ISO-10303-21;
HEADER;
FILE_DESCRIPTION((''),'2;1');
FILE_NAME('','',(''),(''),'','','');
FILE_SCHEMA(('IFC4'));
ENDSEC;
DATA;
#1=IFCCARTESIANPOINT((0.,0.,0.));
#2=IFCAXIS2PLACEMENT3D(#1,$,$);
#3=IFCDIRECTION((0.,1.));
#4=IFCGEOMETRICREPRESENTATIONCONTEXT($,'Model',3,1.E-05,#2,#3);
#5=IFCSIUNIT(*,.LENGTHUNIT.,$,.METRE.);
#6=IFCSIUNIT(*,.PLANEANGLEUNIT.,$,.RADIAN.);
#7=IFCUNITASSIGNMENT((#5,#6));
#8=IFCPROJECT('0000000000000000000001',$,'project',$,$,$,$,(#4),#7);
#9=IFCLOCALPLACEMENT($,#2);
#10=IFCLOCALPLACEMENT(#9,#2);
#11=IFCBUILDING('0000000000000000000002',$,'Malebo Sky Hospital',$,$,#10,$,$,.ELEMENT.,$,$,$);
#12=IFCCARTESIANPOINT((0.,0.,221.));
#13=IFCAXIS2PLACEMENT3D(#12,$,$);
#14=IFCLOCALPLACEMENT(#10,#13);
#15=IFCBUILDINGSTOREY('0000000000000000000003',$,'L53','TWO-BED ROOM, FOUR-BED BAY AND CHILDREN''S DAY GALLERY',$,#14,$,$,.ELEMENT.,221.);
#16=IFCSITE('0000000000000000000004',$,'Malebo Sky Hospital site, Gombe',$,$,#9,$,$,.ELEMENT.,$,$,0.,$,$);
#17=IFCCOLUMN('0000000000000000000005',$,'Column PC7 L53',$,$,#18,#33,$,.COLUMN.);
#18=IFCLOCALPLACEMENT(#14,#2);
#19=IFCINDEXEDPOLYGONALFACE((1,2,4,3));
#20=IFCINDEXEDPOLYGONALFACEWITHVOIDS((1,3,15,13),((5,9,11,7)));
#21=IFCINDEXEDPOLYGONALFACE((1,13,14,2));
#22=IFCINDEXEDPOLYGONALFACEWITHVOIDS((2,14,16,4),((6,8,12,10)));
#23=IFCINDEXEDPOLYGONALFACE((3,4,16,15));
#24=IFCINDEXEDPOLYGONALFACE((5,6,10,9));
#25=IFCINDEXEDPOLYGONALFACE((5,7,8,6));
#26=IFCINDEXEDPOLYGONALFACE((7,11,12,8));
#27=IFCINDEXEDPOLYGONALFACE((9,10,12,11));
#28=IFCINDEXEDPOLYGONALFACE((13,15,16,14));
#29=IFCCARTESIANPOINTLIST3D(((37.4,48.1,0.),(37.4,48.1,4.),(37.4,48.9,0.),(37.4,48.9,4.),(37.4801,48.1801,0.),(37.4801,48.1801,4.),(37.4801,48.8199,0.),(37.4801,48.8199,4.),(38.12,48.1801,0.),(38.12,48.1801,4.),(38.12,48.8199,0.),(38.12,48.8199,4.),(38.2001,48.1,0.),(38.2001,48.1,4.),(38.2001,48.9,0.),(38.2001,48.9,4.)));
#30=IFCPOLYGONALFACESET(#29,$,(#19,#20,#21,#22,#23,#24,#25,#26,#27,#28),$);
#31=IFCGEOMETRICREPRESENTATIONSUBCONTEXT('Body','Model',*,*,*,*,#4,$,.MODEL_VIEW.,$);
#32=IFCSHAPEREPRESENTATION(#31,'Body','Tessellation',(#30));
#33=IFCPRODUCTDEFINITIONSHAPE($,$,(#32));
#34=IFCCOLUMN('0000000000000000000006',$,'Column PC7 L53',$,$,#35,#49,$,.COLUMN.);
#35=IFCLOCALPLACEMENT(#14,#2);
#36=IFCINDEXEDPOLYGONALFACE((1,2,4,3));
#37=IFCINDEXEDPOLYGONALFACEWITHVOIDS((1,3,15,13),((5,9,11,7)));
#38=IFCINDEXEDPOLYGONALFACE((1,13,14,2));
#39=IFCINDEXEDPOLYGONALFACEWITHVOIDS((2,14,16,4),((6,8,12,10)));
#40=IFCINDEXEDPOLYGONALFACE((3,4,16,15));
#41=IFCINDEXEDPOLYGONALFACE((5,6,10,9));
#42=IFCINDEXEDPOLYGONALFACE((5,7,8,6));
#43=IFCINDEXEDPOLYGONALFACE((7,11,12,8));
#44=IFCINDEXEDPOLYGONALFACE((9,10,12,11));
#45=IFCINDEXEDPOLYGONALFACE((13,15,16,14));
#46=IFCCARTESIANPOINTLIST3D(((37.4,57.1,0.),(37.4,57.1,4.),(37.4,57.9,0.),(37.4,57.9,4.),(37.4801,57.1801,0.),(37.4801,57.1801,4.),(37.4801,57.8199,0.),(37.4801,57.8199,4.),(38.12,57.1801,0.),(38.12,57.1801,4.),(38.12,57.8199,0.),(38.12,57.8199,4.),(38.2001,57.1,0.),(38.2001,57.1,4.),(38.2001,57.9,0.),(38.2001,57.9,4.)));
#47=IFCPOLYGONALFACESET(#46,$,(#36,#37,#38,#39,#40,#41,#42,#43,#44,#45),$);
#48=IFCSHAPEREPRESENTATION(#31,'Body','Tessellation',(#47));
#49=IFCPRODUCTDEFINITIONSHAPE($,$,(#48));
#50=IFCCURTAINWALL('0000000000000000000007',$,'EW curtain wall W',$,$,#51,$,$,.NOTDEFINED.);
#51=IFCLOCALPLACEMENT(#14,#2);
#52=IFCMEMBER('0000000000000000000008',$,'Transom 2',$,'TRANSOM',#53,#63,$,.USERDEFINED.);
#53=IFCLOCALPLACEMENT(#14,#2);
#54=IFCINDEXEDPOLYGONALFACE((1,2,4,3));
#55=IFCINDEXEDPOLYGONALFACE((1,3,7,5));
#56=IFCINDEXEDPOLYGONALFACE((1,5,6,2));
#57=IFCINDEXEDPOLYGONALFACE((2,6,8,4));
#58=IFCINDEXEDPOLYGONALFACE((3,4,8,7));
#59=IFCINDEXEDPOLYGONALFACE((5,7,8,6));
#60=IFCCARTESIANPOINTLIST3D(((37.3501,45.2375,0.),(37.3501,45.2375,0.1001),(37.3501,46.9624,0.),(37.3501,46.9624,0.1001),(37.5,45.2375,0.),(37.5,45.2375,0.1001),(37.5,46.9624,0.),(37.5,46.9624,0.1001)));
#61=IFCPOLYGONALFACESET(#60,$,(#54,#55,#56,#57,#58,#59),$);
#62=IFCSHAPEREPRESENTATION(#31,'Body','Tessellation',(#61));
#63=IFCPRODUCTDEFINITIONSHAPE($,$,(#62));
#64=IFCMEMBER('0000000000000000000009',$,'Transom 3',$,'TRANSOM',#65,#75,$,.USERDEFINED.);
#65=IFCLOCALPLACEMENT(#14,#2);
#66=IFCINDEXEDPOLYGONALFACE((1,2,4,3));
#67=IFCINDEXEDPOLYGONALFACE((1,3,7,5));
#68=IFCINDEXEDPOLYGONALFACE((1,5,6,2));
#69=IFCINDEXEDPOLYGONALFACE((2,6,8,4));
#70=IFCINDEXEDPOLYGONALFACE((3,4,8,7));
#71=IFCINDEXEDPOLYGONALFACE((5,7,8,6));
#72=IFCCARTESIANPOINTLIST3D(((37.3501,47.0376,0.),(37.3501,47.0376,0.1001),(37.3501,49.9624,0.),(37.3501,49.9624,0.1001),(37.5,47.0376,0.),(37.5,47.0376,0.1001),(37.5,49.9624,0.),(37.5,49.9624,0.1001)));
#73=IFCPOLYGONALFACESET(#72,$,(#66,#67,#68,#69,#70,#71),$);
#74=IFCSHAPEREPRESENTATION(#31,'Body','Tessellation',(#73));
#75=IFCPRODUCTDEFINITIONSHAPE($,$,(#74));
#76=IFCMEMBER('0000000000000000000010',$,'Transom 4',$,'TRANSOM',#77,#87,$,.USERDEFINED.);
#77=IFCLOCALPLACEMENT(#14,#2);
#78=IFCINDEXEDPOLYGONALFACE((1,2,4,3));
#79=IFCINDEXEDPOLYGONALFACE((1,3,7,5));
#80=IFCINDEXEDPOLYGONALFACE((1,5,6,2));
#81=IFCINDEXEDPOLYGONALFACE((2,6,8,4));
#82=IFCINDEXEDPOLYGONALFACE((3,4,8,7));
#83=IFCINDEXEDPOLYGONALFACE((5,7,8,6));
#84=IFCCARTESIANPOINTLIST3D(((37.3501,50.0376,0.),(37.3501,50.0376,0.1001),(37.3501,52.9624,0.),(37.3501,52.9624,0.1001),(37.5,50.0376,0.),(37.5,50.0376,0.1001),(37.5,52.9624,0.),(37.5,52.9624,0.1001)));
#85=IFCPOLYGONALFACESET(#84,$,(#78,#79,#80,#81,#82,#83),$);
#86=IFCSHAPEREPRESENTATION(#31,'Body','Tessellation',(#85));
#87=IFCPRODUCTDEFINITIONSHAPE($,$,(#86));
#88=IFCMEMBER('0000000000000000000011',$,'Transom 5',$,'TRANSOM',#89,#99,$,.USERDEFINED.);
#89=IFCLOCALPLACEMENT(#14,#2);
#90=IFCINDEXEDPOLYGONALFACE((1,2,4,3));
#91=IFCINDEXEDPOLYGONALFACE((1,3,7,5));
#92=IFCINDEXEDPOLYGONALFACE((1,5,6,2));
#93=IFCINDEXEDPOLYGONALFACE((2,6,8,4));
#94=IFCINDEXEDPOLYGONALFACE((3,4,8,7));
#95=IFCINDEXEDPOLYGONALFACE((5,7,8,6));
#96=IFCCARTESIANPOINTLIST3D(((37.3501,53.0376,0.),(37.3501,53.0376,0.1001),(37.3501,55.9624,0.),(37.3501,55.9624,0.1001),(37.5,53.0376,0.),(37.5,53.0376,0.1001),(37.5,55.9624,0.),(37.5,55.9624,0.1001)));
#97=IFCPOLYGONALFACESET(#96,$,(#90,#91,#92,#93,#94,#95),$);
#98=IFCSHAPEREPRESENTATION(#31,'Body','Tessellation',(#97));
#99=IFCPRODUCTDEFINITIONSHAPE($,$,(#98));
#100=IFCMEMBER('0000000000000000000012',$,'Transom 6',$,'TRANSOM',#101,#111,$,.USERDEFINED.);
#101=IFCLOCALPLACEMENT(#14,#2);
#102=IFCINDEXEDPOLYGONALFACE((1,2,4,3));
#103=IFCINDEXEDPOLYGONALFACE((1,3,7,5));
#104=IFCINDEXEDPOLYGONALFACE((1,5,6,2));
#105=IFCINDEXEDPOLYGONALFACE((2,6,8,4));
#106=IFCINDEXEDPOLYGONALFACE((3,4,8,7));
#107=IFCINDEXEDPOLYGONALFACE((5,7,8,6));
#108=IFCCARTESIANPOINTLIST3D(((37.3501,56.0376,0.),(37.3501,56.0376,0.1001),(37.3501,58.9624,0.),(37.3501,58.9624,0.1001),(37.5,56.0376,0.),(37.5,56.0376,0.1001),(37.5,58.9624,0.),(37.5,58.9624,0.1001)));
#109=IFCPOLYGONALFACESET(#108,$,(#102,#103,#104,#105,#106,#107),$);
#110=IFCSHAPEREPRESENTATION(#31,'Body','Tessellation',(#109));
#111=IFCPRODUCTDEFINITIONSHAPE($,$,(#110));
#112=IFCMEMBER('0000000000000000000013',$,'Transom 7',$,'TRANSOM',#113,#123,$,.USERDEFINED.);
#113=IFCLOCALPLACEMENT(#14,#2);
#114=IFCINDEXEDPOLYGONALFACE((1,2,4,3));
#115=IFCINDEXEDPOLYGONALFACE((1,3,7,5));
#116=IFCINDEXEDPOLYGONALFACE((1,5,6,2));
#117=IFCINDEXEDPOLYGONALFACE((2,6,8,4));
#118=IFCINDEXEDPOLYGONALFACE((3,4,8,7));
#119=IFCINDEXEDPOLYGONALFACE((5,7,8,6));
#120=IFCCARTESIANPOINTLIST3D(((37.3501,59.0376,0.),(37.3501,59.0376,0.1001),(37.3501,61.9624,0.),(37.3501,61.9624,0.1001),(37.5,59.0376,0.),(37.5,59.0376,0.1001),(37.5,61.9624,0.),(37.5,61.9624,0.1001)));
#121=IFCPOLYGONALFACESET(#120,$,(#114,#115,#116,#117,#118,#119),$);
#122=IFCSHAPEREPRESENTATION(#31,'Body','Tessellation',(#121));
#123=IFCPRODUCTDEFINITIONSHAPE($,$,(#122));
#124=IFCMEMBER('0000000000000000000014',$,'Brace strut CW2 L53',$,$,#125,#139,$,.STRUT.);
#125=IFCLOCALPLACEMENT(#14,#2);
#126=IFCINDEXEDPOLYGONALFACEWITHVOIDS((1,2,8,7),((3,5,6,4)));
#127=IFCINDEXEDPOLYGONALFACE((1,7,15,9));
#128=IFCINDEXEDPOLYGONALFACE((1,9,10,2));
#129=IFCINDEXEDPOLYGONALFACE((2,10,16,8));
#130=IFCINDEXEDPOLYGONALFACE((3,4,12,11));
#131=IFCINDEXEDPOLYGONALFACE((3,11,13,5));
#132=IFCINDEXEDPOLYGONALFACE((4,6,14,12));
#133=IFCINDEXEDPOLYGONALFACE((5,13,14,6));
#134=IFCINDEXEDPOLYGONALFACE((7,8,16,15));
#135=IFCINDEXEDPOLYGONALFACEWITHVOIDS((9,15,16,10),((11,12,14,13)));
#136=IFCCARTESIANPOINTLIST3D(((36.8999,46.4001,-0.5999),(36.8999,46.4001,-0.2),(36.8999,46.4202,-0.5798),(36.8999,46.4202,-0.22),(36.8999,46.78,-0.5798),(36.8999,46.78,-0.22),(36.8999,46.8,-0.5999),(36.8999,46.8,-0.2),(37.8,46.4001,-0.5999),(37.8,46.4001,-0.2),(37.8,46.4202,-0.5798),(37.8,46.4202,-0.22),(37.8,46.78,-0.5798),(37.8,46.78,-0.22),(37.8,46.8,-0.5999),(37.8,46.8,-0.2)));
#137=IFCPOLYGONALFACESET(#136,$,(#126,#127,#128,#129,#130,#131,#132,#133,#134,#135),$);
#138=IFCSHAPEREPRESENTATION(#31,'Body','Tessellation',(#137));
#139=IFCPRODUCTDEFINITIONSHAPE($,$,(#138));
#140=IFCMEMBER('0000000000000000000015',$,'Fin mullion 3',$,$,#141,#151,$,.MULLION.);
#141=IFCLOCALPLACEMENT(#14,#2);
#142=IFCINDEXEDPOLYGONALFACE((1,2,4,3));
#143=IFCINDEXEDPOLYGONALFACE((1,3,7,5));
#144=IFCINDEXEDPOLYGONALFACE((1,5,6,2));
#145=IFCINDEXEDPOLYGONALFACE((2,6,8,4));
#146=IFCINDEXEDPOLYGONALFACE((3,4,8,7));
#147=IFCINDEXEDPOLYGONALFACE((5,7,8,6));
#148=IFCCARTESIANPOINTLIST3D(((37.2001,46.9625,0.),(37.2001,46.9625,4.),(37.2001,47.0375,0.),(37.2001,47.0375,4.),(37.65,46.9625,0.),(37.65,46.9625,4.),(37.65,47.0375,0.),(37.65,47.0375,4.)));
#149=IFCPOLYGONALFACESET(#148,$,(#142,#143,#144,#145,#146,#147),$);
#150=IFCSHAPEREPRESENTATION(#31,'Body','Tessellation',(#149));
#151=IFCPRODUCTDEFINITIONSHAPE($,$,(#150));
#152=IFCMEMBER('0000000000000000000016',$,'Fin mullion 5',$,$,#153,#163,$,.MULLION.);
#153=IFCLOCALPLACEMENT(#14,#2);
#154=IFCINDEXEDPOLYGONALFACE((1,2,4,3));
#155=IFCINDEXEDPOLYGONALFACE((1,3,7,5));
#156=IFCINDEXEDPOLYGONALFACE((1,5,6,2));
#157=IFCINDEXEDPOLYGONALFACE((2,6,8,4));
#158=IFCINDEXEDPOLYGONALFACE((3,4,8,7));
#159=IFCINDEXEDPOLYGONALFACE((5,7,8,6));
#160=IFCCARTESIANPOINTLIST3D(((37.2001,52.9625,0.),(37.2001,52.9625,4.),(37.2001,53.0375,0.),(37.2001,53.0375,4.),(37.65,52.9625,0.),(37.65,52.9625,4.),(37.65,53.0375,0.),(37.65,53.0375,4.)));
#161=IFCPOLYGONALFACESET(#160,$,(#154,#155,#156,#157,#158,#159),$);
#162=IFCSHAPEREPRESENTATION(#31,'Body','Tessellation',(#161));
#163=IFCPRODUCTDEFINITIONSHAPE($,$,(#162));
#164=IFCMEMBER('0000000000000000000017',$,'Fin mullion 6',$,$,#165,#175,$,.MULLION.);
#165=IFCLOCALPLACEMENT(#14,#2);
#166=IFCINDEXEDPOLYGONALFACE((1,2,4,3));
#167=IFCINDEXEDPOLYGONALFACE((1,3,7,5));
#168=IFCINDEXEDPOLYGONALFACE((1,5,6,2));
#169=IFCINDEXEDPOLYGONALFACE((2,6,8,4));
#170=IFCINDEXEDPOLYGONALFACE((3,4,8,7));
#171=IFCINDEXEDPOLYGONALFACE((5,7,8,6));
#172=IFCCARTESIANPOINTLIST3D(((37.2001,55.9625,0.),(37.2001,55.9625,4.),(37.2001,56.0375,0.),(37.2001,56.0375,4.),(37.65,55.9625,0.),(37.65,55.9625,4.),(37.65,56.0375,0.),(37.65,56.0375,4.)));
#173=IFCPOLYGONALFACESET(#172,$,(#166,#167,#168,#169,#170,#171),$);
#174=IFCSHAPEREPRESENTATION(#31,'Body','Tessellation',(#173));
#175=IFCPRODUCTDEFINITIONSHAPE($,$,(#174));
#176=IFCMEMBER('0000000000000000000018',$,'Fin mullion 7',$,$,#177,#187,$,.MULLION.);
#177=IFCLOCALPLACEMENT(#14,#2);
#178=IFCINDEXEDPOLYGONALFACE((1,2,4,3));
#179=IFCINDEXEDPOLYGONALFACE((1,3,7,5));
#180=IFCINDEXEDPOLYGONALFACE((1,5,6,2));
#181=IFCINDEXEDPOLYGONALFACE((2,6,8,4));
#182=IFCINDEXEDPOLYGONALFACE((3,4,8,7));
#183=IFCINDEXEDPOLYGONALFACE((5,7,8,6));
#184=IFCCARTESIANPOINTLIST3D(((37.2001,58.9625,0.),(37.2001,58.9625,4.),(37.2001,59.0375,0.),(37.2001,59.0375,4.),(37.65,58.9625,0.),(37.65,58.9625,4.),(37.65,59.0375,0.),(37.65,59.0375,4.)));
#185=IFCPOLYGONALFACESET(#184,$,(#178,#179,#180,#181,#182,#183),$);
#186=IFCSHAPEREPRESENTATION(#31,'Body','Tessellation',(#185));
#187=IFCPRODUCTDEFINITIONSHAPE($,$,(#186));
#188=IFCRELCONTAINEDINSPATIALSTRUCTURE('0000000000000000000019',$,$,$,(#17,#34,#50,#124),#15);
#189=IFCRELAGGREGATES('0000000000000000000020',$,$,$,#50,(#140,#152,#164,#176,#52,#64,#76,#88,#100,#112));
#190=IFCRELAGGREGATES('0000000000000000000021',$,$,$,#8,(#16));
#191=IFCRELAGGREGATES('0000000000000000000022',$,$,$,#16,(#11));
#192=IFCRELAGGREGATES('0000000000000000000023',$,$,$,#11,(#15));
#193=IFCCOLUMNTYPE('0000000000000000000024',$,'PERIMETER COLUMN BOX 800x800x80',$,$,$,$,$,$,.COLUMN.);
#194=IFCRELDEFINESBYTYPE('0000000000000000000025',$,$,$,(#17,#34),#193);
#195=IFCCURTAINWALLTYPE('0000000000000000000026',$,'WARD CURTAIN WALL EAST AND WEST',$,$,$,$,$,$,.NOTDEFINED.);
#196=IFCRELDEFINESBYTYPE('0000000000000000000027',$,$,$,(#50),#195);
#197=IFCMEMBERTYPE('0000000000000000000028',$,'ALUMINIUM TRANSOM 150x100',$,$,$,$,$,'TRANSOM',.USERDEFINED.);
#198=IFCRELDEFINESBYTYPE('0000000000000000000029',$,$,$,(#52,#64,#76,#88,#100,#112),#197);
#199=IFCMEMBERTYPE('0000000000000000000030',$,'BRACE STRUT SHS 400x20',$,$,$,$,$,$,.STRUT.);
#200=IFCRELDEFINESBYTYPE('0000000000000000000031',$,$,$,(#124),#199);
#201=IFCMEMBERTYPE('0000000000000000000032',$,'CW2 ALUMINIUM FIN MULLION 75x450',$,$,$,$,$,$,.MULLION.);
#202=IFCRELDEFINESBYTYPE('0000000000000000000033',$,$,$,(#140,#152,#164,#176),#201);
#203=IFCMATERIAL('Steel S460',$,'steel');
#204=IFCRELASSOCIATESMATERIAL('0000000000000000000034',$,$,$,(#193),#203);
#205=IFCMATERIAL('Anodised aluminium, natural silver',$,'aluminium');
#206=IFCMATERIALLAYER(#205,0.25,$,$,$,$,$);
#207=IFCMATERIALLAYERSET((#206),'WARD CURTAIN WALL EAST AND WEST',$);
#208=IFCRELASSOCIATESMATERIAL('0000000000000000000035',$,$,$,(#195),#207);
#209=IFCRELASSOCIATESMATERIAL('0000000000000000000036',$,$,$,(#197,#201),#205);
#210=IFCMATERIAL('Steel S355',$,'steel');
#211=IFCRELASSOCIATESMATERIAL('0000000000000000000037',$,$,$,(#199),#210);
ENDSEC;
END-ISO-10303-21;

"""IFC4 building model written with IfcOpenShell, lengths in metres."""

from ifc_helpers import new_model, si_unit, direction, frame, origin, origin_2d, place, context, subcontext, project, spatial, rectangle, hollow_rectangle, extrude, material, layer, layer_set, material_profile, profile_set, type_object, element, aggregate, save


model = new_model("IFC4")

# Units and contexts
model_context = context("Model", 3, precision=1e-05, world=origin(), true_north=direction((0.0, 1.0)))
body_context = subcontext(model_context, "Body", "Model", "MODEL_VIEW")
ifc_project = project(units=[si_unit("LENGTHUNIT", "METRE"), si_unit("PLANEANGLEUNIT", "RADIAN")], contexts=[model_context])

# Site, building, storey
site_placement = place(None, origin())
site = spatial("IfcSite", under=ifc_project, at=site_placement, Name="Malebo Sky Hospital site, Gombe", CompositionType="ELEMENT", RefElevation=0.0)
building_placement = place(site_placement, origin())
building = spatial("IfcBuilding", under=site, at=building_placement, Name="Malebo Sky Hospital", CompositionType="ELEMENT")
storey_placement = place(building_placement, frame((0.0, 0.0, 221.0)))
storey = spatial("IfcBuildingStorey", under=building, at=storey_placement, Name="L53", Description="TWO-BED ROOM, FOUR-BED BAY AND CHILDREN'S DAY GALLERY", CompositionType="ELEMENT", Elevation=221.0)

# Columns
ifc_material_1 = material(Name="Steel S460", Category="steel")
ifc_material_profile_1 = material_profile(ifc_material_1, hollow_rectangle(XDim=0.8, YDim=0.8, WallThickness=0.0801, at=origin_2d()), Name="BOX 800x800x80")
ifc_profile_set_1 = profile_set([ifc_material_profile_1], Name="Steel S460")
column_type = type_object("IfcColumnType", Name="PERIMETER COLUMN BOX 800x800x80", PredefinedType="COLUMN", material=ifc_profile_set_1)
for number, where, z_axis, x_axis, name in (
    (1, (37.8, 48.5, 0.0), (0.0, 0.0, 1.0), (1.0, 0.0, 0.0), "Column PC7 L53"),
    (2, (37.8, 57.5, 0.0), (0.0, 0.0, 1.0), (1.0, 0.0, 0.0), "Column PC7 L53"),
):
    element("IfcColumn", number, at=place(storey_placement, frame(where, z_axis=z_axis, x_axis=x_axis)), inside=storey, type_object=column_type, Name=name, PredefinedType="COLUMN", context=body_context, shape_type="SweptSolid", body=[
        extrude(hollow_rectangle(XDim=0.8, YDim=0.8, WallThickness=0.0801, at=origin_2d()), origin(), (0.0, 0.0, 1.0), 4.0),
    ])

# Curtain wall, members
ifc_material_2 = material(Name="Anodised aluminium, natural silver", Category="aluminium")
ifc_layer_1 = layer(ifc_material_2, 0.25)
ifc_layer_set_1 = layer_set([ifc_layer_1], Name="WARD CURTAIN WALL EAST AND WEST")
curtain_wall_type = type_object("IfcCurtainWallType", Name="WARD CURTAIN WALL EAST AND WEST", PredefinedType="NOTDEFINED", material=ifc_layer_set_1)
curtain_wall_placement = place(storey_placement, origin())
curtain_wall = element("IfcCurtainWall", 3, at=curtain_wall_placement, inside=storey, type_object=curtain_wall_type, Name="EW curtain wall W", PredefinedType="NOTDEFINED")
ifc_material_profile_2 = material_profile(ifc_material_2, rectangle(XDim=0.1499, YDim=0.1001, at=origin_2d()), Name="ALUMINIUM TRANSOM 150x100")
ifc_profile_set_2 = profile_set([ifc_material_profile_2], Name="Anodised aluminium, natural silver")
member_type_1 = type_object("IfcMemberType", Name="ALUMINIUM TRANSOM 150x100", ElementType="TRANSOM", PredefinedType="USERDEFINED", material=ifc_profile_set_2)
member_1_placement = place(storey_placement, frame((37.425, 45.2375, 0.05), z_axis=(0.0, 1.0, 0.0), x_axis=(-1.0, 0.0, 0.0)))
member_1 = element("IfcMember", 4, at=member_1_placement, type_object=member_type_1, Name="Transom 2", ObjectType="TRANSOM", PredefinedType="USERDEFINED", context=body_context, shape_type="SweptSolid", body=[
    extrude(rectangle(XDim=0.1499, YDim=0.1001, at=origin_2d()), origin(), (0.0, 0.0, 1.0), 1.7249),
])
member_2_placement = place(storey_placement, frame((37.425, 47.0376, 0.05), z_axis=(0.0, 1.0, 0.0), x_axis=(-1.0, 0.0, 0.0)))
member_2 = element("IfcMember", 5, at=member_2_placement, type_object=member_type_1, Name="Transom 3", ObjectType="TRANSOM", PredefinedType="USERDEFINED", context=body_context, shape_type="SweptSolid", body=[
    extrude(rectangle(XDim=0.1499, YDim=0.1001, at=origin_2d()), origin(), (0.0, 0.0, 1.0), 2.9248),
])
member_3_placement = place(storey_placement, frame((37.425, 50.0376, 0.05), z_axis=(0.0, 1.0, 0.0), x_axis=(-1.0, 0.0, 0.0)))
member_3 = element("IfcMember", 6, at=member_3_placement, type_object=member_type_1, Name="Transom 4", ObjectType="TRANSOM", PredefinedType="USERDEFINED", context=body_context, shape_type="SweptSolid", body=[
    extrude(rectangle(XDim=0.1499, YDim=0.1001, at=origin_2d()), origin(), (0.0, 0.0, 1.0), 2.9248),
])
member_4_placement = place(storey_placement, frame((37.425, 53.0376, 0.05), z_axis=(0.0, 1.0, 0.0), x_axis=(-1.0, 0.0, 0.0)))
member_4 = element("IfcMember", 7, at=member_4_placement, type_object=member_type_1, Name="Transom 5", ObjectType="TRANSOM", PredefinedType="USERDEFINED", context=body_context, shape_type="SweptSolid", body=[
    extrude(rectangle(XDim=0.1499, YDim=0.1001, at=origin_2d()), origin(), (0.0, 0.0, 1.0), 2.9248),
])
member_5_placement = place(storey_placement, frame((37.425, 56.0376, 0.05), z_axis=(0.0, 1.0, 0.0), x_axis=(-1.0, 0.0, 0.0)))
member_5 = element("IfcMember", 8, at=member_5_placement, type_object=member_type_1, Name="Transom 6", ObjectType="TRANSOM", PredefinedType="USERDEFINED", context=body_context, shape_type="SweptSolid", body=[
    extrude(rectangle(XDim=0.1499, YDim=0.1001, at=origin_2d()), origin(), (0.0, 0.0, 1.0), 2.9248),
])
member_6_placement = place(storey_placement, frame((37.425, 59.0376, 0.05), z_axis=(0.0, 1.0, 0.0), x_axis=(-1.0, 0.0, 0.0)))
member_6 = element("IfcMember", 9, at=member_6_placement, type_object=member_type_1, Name="Transom 7", ObjectType="TRANSOM", PredefinedType="USERDEFINED", context=body_context, shape_type="SweptSolid", body=[
    extrude(rectangle(XDim=0.1499, YDim=0.1001, at=origin_2d()), origin(), (0.0, 0.0, 1.0), 2.9248),
])

# Members
ifc_material_3 = material(Name="Steel S355", Category="steel")
ifc_material_profile_3 = material_profile(ifc_material_3, hollow_rectangle(XDim=0.3999, YDim=0.3999, WallThickness=0.02, at=origin_2d()), Name="SHS 400x20")
ifc_profile_set_3 = profile_set([ifc_material_profile_3], Name="Steel S355")
member_type_2 = type_object("IfcMemberType", Name="BRACE STRUT SHS 400x20", PredefinedType="STRUT", material=ifc_profile_set_3)
member_7_placement = place(storey_placement, frame((36.8999, 46.6001, -0.3999), z_axis=(1.0, 0.0, 0.0), x_axis=(0.0, 1.0, 0.0)))
element("IfcMember", 10, at=member_7_placement, inside=storey, type_object=member_type_2, Name="Brace strut CW2 L53", PredefinedType="STRUT", context=body_context, shape_type="SweptSolid", body=[
    extrude(hollow_rectangle(XDim=0.3999, YDim=0.3999, WallThickness=0.02, at=origin_2d()), origin(), (0.0, 0.0, 1.0), 0.9001),
])
ifc_material_profile_4 = material_profile(ifc_material_2, rectangle(XDim=0.075, YDim=0.45, at=origin_2d()), Name="CW2 ALUMINIUM FIN MULLION 75x450")
ifc_profile_set_4 = profile_set([ifc_material_profile_4], Name="Anodised aluminium, natural silver")
member_type_3 = type_object("IfcMemberType", Name="CW2 ALUMINIUM FIN MULLION 75x450", PredefinedType="MULLION", material=ifc_profile_set_4)
member_8_placement = place(storey_placement, frame((37.425, 47.0, 0.0), z_axis=(0.0, 0.0, 1.0), x_axis=(0.0, 1.0, 0.0)))
member_8 = element("IfcMember", 11, at=member_8_placement, type_object=member_type_3, Name="Fin mullion 3", PredefinedType="MULLION", context=body_context, shape_type="SweptSolid", body=[
    extrude(rectangle(XDim=0.075, YDim=0.45, at=origin_2d()), origin(), (0.0, 0.0, 1.0), 4.0),
])
member_9_placement = place(storey_placement, frame((37.425, 53.0, 0.0), z_axis=(0.0, 0.0, 1.0), x_axis=(0.0, 1.0, 0.0)))
member_9 = element("IfcMember", 12, at=member_9_placement, type_object=member_type_3, Name="Fin mullion 5", PredefinedType="MULLION", context=body_context, shape_type="SweptSolid", body=[
    extrude(rectangle(XDim=0.075, YDim=0.45, at=origin_2d()), origin(), (0.0, 0.0, 1.0), 4.0),
])
member_10_placement = place(storey_placement, frame((37.425, 56.0, 0.0), z_axis=(0.0, 0.0, 1.0), x_axis=(0.0, 1.0, 0.0)))
member_10 = element("IfcMember", 13, at=member_10_placement, type_object=member_type_3, Name="Fin mullion 6", PredefinedType="MULLION", context=body_context, shape_type="SweptSolid", body=[
    extrude(rectangle(XDim=0.075, YDim=0.45, at=origin_2d()), origin(), (0.0, 0.0, 1.0), 4.0),
])
member_11_placement = place(storey_placement, frame((37.425, 59.0, 0.0), z_axis=(0.0, 0.0, 1.0), x_axis=(0.0, 1.0, 0.0)))
member_11 = element("IfcMember", 14, at=member_11_placement, type_object=member_type_3, Name="Fin mullion 7", PredefinedType="MULLION", context=body_context, shape_type="SweptSolid", body=[
    extrude(rectangle(XDim=0.075, YDim=0.45, at=origin_2d()), origin(), (0.0, 0.0, 1.0), 4.0),
])

aggregate(curtain_wall, [member_8, member_9, member_10, member_11, member_1, member_2, member_3, member_4, member_5, member_6])

save(model, "model.ifc")
